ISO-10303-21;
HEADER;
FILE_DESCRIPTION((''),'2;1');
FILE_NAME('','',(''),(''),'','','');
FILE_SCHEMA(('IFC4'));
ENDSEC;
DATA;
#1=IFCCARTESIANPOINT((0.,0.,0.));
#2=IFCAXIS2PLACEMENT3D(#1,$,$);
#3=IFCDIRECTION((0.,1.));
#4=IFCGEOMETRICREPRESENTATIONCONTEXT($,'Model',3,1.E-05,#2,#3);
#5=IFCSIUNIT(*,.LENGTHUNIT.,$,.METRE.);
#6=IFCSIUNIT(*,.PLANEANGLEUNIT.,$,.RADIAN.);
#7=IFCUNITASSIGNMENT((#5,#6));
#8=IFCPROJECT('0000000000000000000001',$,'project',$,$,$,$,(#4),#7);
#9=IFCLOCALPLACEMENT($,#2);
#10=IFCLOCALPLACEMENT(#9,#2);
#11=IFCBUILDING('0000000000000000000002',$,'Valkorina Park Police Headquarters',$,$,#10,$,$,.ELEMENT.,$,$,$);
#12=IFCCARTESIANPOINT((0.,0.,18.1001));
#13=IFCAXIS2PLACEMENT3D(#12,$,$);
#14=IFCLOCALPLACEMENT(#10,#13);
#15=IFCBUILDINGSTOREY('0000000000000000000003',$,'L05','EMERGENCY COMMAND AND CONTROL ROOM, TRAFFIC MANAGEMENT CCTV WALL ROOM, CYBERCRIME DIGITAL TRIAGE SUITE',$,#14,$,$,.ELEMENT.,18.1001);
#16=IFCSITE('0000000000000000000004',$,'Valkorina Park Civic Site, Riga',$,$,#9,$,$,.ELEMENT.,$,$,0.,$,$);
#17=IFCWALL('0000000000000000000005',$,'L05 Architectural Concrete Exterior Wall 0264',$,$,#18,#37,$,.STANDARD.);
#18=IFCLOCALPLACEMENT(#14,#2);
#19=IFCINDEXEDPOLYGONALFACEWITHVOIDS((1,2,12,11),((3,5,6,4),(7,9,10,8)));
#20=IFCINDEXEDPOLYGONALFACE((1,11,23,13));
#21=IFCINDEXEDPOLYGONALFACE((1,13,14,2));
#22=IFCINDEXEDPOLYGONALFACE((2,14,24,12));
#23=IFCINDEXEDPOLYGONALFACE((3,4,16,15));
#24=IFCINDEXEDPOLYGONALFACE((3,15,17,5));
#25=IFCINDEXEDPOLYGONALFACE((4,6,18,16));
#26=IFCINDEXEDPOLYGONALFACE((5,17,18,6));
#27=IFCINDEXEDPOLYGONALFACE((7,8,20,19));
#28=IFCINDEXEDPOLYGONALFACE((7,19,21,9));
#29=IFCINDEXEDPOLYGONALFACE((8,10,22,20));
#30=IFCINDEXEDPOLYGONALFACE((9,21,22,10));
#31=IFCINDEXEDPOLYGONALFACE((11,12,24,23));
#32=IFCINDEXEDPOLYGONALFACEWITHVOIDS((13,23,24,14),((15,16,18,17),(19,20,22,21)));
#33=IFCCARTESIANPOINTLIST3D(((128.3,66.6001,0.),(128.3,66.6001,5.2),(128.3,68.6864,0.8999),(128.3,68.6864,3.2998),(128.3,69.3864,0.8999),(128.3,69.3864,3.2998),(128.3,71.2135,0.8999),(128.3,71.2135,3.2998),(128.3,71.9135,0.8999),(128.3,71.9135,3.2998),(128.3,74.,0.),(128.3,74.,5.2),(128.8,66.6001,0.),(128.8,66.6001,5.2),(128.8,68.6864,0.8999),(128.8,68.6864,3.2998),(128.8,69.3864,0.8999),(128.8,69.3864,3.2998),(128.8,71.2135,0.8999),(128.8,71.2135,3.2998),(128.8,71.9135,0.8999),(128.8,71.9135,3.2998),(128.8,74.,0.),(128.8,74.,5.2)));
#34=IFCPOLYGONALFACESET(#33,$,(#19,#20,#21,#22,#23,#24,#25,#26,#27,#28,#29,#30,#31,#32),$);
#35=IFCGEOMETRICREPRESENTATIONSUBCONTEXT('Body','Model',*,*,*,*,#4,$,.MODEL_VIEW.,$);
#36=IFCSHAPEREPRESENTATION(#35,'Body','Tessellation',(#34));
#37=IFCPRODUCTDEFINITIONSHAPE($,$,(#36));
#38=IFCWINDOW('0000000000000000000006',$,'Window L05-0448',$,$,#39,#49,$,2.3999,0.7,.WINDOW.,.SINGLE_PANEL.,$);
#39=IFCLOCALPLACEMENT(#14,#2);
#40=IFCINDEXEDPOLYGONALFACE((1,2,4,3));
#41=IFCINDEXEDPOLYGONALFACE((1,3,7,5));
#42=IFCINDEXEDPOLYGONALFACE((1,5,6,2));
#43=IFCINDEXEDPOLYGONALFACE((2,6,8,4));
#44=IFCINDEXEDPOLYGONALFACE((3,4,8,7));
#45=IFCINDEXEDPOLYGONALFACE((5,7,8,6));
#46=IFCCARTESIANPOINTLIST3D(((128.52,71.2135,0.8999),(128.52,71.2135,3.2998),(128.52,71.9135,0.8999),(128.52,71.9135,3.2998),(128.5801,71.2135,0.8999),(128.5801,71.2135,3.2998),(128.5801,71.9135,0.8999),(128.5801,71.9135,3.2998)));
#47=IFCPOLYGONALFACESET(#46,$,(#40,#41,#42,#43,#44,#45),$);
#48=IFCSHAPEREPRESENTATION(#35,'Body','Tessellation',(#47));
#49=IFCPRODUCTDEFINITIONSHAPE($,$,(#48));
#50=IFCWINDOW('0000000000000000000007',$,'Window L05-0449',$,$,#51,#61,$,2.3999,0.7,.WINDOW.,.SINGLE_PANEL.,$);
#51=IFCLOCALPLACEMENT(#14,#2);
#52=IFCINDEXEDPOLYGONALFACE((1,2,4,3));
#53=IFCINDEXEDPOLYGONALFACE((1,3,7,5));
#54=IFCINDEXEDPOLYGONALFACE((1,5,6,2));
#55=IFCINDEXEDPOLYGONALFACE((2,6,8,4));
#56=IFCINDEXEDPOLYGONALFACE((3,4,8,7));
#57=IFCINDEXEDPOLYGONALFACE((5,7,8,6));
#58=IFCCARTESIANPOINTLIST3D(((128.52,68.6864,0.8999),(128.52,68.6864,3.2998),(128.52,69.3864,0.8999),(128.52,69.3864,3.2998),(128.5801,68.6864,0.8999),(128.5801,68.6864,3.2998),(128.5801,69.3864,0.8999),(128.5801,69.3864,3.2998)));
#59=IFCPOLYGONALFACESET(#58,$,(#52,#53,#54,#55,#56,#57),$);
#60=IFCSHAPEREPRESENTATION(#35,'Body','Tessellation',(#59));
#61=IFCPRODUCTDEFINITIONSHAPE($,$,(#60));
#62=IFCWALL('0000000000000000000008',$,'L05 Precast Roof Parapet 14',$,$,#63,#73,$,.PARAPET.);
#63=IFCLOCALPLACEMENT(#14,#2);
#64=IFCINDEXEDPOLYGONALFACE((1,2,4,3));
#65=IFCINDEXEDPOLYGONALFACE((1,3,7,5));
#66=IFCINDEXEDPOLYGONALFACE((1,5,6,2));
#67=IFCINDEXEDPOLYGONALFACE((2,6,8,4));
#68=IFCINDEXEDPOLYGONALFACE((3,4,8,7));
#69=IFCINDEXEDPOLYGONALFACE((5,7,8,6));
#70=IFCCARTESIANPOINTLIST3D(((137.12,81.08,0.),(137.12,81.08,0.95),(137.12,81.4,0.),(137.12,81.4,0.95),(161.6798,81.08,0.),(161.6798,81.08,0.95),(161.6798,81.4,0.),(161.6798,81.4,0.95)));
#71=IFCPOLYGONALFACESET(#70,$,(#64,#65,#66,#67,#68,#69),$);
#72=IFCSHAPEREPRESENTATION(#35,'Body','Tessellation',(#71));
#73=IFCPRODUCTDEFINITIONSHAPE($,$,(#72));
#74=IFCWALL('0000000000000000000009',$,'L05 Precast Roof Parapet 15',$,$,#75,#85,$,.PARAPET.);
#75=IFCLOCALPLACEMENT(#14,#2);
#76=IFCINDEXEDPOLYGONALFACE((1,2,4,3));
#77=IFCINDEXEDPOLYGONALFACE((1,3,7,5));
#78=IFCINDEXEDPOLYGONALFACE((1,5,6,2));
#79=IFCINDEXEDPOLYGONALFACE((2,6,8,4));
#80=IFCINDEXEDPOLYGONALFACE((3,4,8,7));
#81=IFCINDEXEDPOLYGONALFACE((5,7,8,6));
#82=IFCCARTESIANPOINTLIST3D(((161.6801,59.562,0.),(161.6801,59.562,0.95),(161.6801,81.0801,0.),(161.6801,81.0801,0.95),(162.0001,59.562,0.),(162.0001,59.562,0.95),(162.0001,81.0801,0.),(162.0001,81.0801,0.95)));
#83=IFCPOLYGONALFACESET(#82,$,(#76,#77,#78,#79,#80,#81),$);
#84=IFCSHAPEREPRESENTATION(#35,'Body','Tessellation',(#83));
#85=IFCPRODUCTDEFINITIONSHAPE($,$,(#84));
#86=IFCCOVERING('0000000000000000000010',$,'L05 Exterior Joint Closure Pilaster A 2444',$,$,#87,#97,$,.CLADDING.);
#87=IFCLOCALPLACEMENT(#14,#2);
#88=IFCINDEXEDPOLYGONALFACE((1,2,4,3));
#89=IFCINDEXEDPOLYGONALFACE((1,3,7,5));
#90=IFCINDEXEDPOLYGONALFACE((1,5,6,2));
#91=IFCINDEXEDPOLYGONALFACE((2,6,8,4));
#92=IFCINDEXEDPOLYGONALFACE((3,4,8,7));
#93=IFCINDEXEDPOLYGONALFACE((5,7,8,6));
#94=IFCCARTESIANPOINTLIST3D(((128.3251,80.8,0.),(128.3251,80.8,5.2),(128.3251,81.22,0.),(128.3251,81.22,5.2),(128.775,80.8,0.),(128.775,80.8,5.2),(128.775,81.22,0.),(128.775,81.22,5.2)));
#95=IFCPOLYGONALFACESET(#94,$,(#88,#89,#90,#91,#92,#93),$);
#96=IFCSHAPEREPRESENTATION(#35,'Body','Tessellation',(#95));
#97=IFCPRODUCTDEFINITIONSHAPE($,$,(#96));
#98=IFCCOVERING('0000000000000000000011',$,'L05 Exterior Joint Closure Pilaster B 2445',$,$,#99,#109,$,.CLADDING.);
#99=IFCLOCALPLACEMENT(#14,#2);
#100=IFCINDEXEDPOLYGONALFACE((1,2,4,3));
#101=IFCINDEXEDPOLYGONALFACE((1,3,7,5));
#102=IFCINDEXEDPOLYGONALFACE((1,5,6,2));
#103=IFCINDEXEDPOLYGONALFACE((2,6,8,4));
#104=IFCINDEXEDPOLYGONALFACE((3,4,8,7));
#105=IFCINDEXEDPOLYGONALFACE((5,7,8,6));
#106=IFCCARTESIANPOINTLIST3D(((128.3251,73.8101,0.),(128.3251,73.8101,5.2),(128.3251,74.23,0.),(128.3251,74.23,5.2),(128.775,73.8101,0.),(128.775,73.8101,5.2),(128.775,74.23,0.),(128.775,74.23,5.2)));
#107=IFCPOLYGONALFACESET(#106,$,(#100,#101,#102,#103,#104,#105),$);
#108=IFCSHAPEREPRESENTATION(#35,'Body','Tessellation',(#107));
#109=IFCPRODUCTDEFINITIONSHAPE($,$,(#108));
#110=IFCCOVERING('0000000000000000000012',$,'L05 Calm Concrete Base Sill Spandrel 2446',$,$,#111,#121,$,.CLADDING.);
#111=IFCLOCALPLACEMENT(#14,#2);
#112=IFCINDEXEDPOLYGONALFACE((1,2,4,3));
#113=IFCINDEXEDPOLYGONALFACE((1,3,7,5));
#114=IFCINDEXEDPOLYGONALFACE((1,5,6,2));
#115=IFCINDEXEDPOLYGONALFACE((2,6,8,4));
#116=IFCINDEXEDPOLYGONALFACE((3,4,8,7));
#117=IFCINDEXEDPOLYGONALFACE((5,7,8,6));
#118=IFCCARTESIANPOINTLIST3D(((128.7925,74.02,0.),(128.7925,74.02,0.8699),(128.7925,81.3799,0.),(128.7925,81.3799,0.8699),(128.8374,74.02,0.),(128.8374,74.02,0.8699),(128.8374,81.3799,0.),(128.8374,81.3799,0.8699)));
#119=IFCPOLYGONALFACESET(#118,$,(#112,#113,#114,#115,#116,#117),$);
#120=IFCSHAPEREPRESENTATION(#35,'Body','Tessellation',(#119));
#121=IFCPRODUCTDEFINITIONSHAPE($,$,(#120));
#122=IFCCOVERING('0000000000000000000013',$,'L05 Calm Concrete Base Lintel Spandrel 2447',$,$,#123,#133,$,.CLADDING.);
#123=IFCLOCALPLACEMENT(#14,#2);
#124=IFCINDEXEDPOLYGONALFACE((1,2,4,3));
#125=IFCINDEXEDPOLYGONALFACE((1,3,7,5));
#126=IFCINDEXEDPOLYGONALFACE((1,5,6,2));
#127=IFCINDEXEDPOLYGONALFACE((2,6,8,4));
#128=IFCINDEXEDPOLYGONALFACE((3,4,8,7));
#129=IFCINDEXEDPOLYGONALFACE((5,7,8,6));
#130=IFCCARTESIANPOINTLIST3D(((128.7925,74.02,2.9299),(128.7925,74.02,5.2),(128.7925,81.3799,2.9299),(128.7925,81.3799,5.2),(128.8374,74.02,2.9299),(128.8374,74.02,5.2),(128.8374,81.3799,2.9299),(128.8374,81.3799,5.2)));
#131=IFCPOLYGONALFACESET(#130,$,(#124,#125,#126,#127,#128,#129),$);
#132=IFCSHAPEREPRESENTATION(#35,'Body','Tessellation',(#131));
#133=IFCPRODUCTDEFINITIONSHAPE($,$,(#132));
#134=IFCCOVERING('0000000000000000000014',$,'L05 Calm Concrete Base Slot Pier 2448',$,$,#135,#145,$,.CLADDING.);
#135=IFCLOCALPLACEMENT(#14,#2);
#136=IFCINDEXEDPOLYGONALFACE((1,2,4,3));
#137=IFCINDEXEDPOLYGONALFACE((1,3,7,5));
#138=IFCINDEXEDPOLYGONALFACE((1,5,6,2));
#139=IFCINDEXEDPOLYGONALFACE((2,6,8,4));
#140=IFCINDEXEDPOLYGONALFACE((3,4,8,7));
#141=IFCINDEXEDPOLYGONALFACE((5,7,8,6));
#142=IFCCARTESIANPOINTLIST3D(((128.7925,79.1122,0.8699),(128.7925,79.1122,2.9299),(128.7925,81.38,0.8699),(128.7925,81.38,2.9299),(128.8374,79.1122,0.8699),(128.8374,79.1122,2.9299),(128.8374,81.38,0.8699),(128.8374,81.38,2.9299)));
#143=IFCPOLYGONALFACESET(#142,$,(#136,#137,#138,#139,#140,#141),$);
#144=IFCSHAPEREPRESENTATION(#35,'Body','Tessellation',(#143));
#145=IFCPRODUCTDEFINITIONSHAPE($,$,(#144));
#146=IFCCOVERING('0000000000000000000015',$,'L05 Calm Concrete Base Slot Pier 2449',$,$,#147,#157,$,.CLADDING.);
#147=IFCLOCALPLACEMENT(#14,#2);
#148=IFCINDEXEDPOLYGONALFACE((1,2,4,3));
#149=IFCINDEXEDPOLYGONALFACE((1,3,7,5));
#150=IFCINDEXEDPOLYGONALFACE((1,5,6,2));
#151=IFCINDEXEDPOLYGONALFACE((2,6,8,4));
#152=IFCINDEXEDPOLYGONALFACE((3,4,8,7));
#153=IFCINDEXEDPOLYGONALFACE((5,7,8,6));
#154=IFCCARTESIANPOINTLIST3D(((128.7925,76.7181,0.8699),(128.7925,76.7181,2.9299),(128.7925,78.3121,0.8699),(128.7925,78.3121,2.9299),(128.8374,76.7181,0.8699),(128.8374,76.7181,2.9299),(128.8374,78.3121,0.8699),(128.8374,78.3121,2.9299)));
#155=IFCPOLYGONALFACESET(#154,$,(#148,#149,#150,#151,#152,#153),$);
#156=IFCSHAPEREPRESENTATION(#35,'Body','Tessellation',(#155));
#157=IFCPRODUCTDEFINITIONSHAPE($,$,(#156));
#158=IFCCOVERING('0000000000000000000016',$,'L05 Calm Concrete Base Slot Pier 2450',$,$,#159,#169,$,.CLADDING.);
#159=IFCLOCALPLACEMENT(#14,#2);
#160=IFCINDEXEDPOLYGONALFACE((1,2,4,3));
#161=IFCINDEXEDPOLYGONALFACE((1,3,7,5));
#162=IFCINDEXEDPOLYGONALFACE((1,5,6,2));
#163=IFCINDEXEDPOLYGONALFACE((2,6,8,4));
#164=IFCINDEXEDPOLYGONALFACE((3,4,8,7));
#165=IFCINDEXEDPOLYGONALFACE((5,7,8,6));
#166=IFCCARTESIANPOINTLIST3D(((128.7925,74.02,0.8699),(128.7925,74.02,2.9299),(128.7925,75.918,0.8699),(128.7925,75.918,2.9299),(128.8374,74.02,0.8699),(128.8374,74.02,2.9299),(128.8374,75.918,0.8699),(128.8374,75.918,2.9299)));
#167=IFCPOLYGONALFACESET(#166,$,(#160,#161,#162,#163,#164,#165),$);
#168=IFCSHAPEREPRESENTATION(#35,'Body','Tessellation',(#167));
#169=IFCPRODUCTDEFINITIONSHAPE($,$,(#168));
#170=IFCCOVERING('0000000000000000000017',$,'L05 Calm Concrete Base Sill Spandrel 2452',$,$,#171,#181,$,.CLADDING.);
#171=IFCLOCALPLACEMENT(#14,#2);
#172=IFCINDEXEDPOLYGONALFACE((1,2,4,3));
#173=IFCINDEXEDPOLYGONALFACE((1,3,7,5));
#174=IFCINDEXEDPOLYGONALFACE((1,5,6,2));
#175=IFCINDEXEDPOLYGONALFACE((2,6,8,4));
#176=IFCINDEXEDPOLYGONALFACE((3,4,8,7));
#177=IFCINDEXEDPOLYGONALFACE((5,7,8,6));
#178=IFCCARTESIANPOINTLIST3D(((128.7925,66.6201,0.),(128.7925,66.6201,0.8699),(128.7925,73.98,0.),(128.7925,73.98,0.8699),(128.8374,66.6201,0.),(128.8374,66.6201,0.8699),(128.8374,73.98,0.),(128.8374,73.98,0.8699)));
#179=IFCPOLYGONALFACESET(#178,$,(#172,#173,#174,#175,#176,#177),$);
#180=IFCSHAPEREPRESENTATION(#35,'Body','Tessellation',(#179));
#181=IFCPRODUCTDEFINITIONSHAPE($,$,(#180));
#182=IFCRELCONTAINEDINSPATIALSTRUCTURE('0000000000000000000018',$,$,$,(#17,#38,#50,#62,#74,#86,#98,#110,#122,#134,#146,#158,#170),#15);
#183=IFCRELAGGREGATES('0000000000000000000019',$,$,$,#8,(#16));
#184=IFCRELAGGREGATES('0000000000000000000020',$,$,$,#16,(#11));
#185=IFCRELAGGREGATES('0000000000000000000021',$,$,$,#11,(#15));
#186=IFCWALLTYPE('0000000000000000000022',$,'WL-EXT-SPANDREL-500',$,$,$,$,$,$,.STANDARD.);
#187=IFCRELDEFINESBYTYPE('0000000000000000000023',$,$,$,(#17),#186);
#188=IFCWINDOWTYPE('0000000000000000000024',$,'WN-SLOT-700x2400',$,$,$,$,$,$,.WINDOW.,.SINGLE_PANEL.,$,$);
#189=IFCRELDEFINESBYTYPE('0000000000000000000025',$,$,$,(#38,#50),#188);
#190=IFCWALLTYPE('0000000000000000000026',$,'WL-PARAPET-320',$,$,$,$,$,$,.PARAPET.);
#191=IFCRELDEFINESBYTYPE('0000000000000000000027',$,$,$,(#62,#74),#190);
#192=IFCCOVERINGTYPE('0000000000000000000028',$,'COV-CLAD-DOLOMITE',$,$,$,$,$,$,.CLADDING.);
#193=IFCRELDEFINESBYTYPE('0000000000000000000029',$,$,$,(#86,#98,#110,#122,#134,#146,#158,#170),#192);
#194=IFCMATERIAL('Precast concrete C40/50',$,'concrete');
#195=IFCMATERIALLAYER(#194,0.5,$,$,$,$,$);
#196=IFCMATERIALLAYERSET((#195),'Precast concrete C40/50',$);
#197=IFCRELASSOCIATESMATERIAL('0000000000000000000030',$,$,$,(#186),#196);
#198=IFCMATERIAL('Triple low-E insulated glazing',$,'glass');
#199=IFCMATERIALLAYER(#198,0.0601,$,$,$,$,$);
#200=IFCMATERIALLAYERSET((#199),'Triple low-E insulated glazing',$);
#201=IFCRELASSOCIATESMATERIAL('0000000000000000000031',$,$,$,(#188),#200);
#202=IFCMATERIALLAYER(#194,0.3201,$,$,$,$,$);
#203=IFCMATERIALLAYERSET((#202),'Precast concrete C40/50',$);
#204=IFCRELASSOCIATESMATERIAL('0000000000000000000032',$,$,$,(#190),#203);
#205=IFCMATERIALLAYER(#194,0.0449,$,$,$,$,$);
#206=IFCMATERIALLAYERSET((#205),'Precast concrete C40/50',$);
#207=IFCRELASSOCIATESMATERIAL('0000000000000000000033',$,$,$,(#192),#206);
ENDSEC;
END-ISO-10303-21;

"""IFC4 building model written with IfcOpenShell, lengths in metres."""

from ifc_helpers import new_model, si_unit, direction, frame, frame_2d, origin, origin_2d, place, context, subcontext, project, spatial, rectangle, extrude, material, layer, layer_set, type_object, element, fill, save


model = new_model("IFC4")

# Units and contexts
model_context = context("Model", 3, precision=1e-05, world=origin(), true_north=direction((0.0, 1.0)))
body_context = subcontext(model_context, "Body", "Model", "MODEL_VIEW")
ifc_project = project(units=[si_unit("LENGTHUNIT", "METRE"), si_unit("PLANEANGLEUNIT", "RADIAN")], contexts=[model_context])

# Site, building, storey
site_placement = place(None, origin())
site = spatial("IfcSite", under=ifc_project, at=site_placement, Name="Valkorina Park Civic Site, Riga", CompositionType="ELEMENT", RefElevation=0.0)
building_placement = place(site_placement, origin())
building = spatial("IfcBuilding", under=site, at=building_placement, Name="Valkorina Park Police Headquarters", CompositionType="ELEMENT")
storey_placement = place(building_placement, frame((0.0, 0.0, 18.1001)))
storey = spatial("IfcBuildingStorey", under=building, at=storey_placement, Name="L05", Description="EMERGENCY COMMAND AND CONTROL ROOM, TRAFFIC MANAGEMENT CCTV WALL ROOM, CYBERCRIME DIGITAL TRIAGE SUITE", CompositionType="ELEMENT", Elevation=18.1001)

# Wall, openings, windows
ifc_material_1 = material(Name="Precast concrete C40/50", Category="concrete")
ifc_layer_1 = layer(ifc_material_1, 0.5)
ifc_layer_set_1 = layer_set([ifc_layer_1], Name="Precast concrete C40/50")
wall_type_1 = type_object("IfcWallType", Name="WL-EXT-SPANDREL-500", PredefinedType="STANDARD", material=ifc_layer_set_1)
ifc_material_2 = material(Name="Triple low-E insulated glazing", Category="glass")
wall_1_placement = place(storey_placement, frame((128.55, 74.0, 0.0), z_axis=(0.0, 0.0, 1.0), x_axis=(0.0, -1.0, 0.0)))
wall_1 = element("IfcWall", 1, at=wall_1_placement, inside=storey, type_object=wall_type_1, Name="L05 Architectural Concrete Exterior Wall 0264", PredefinedType="STANDARD", context=body_context, shape_type="SweptSolid", body=[
    extrude(rectangle(XDim=7.3999, YDim=0.5, at=frame_2d((3.7, 0.0))), origin(), (0.0, 0.0, 1.0), 5.2),
])
opening_1_placement = place(wall_1_placement, frame((2.0864, 0.0, 0.8999)))
opening_1 = element("IfcOpeningElement", 2, at=opening_1_placement, cuts=wall_1, PredefinedType="OPENING", context=body_context, shape_type="SweptSolid", body=[
    extrude(rectangle(XDim=0.7, YDim=2.3999, at=frame_2d((0.3501, 1.2))), frame((0.0, 0.26, 0.0), z_axis=(0.0, -1.0, 0.0), x_axis=(1.0, 0.0, 0.0)), (0.0, 0.0, 1.0), 0.52),
])
opening_2_placement = place(wall_1_placement, frame((4.6135, 0.0, 0.8999)))
opening_2 = element("IfcOpeningElement", 3, at=opening_2_placement, cuts=wall_1, PredefinedType="OPENING", context=body_context, shape_type="SweptSolid", body=[
    extrude(rectangle(XDim=0.7, YDim=2.3999, at=frame_2d((0.3501, 1.2))), frame((0.0, 0.26, 0.0), z_axis=(0.0, -1.0, 0.0), x_axis=(1.0, 0.0, 0.0)), (0.0, 0.0, 1.0), 0.52),
])
ifc_layer_2 = layer(ifc_material_2, 0.0601)
ifc_layer_set_2 = layer_set([ifc_layer_2], Name="Triple low-E insulated glazing")
window_type_1 = type_object("IfcWindowType", Name="WN-SLOT-700x2400", PartitioningType="SINGLE_PANEL", PredefinedType="WINDOW", material=ifc_layer_set_2)
window_1_placement = place(opening_1_placement, origin())
window_1 = element("IfcWindow", 4, at=window_1_placement, inside=storey, type_object=window_type_1, Name="Window L05-0448", OverallHeight=2.3999, OverallWidth=0.7, PartitioningType="SINGLE_PANEL", PredefinedType="WINDOW", context=body_context, shape_type="SweptSolid", body=[
    extrude(rectangle(XDim=0.7, YDim=2.3999, at=frame_2d((0.3501, 1.2))), frame((0.0, 0.03, 0.0), z_axis=(0.0, -1.0, 0.0), x_axis=(1.0, 0.0, 0.0)), (0.0, 0.0, 1.0), 0.0601),
])
fill(opening_1, window_1)
window_2_placement = place(opening_2_placement, origin())
window_2 = element("IfcWindow", 5, at=window_2_placement, inside=storey, type_object=window_type_1, Name="Window L05-0449", OverallHeight=2.3999, OverallWidth=0.7, PartitioningType="SINGLE_PANEL", PredefinedType="WINDOW", context=body_context, shape_type="SweptSolid", body=[
    extrude(rectangle(XDim=0.7, YDim=2.3999, at=frame_2d((0.3501, 1.2))), frame((0.0, 0.03, 0.0), z_axis=(0.0, -1.0, 0.0), x_axis=(1.0, 0.0, 0.0)), (0.0, 0.0, 1.0), 0.0601),
])
fill(opening_2, window_2)

# Walls
ifc_layer_3 = layer(ifc_material_1, 0.3201)
ifc_layer_set_3 = layer_set([ifc_layer_3], Name="Precast concrete C40/50")
wall_type_2 = type_object("IfcWallType", Name="WL-PARAPET-320", PredefinedType="PARAPET", material=ifc_layer_set_3)
wall_2_placement = place(storey_placement, frame((137.1201, 81.24, 0.0), z_axis=(0.0, 0.0, 1.0), x_axis=(1.0, 0.0, 0.0)))
element("IfcWall", 6, at=wall_2_placement, inside=storey, type_object=wall_type_2, Name="L05 Precast Roof Parapet 14", PredefinedType="PARAPET", context=body_context, shape_type="SweptSolid", body=[
    extrude(rectangle(XDim=24.5598, YDim=0.3201, at=frame_2d((12.2798, 0.0))), origin(), (0.0, 0.0, 1.0), 0.95),
])
wall_3_placement = place(storey_placement, frame((161.8401, 81.0801, 0.0), z_axis=(0.0, 0.0, 1.0), x_axis=(0.0, -1.0, 0.0)))
element("IfcWall", 7, at=wall_3_placement, inside=storey, type_object=wall_type_2, Name="L05 Precast Roof Parapet 15", PredefinedType="PARAPET", context=body_context, shape_type="SweptSolid", body=[
    extrude(rectangle(XDim=21.5181, YDim=0.3201, at=frame_2d((10.759, 0.0))), origin(), (0.0, 0.0, 1.0), 0.95),
])

# Coverings
ifc_layer_4 = layer(ifc_material_1, 0.0449)
ifc_layer_set_4 = layer_set([ifc_layer_4], Name="Precast concrete C40/50")
covering_type = type_object("IfcCoveringType", Name="COV-CLAD-DOLOMITE", PredefinedType="CLADDING", material=ifc_layer_set_4)
for number, where, z_axis, x_axis, name in (
    (8, (128.55, 81.01, 0.0), (0.0, 0.0, 1.0), (0.0, 1.0, 0.0), "L05 Exterior Joint Closure Pilaster A 2444"),
    (9, (128.55, 74.02, 0.0), (0.0, 0.0, 1.0), (0.0, 1.0, 0.0), "L05 Exterior Joint Closure Pilaster B 2445"),
):
    element("IfcCovering", number, at=place(storey_placement, frame(where, z_axis=z_axis, x_axis=x_axis)), inside=storey, type_object=covering_type, Name=name, PredefinedType="CLADDING", context=body_context, shape_type="SweptSolid", body=[
        extrude(rectangle(XDim=0.4199, YDim=0.45, at=origin_2d()), origin(), (0.0, 0.0, 1.0), 5.2),
    ])
covering_1_placement = place(storey_placement, frame((128.8149, 81.3799, 0.0), z_axis=(0.0, 0.0, 1.0), x_axis=(0.0, -1.0, 0.0)))
element("IfcCovering", 10, at=covering_1_placement, inside=storey, type_object=covering_type, Name="L05 Calm Concrete Base Sill Spandrel 2446", PredefinedType="CLADDING", context=body_context, shape_type="SweptSolid", body=[
    extrude(rectangle(XDim=7.3599, YDim=0.0449, at=frame_2d((3.6799, 0.0))), origin(), (0.0, 0.0, 1.0), 0.8699),
])
covering_2_placement = place(storey_placement, frame((128.8149, 81.3799, 2.9299), z_axis=(0.0, 0.0, 1.0), x_axis=(0.0, -1.0, 0.0)))
element("IfcCovering", 11, at=covering_2_placement, inside=storey, type_object=covering_type, Name="L05 Calm Concrete Base Lintel Spandrel 2447", PredefinedType="CLADDING", context=body_context, shape_type="SweptSolid", body=[
    extrude(rectangle(XDim=7.3599, YDim=0.0449, at=frame_2d((3.6799, 0.0))), origin(), (0.0, 0.0, 1.0), 2.27),
])
covering_3_placement = place(storey_placement, frame((128.8149, 81.3799, 0.8699), z_axis=(0.0, 0.0, 1.0), x_axis=(0.0, -1.0, 0.0)))
element("IfcCovering", 12, at=covering_3_placement, inside=storey, type_object=covering_type, Name="L05 Calm Concrete Base Slot Pier 2448", PredefinedType="CLADDING", context=body_context, shape_type="SweptSolid", body=[
    extrude(rectangle(XDim=2.2678, YDim=0.0449, at=frame_2d((1.1338, 0.0))), origin(), (0.0, 0.0, 1.0), 2.0601),
])
covering_4_placement = place(storey_placement, frame((128.8149, 78.312, 0.8699), z_axis=(0.0, 0.0, 1.0), x_axis=(0.0, -1.0, 0.0)))
element("IfcCovering", 13, at=covering_4_placement, inside=storey, type_object=covering_type, Name="L05 Calm Concrete Base Slot Pier 2449", PredefinedType="CLADDING", context=body_context, shape_type="SweptSolid", body=[
    extrude(rectangle(XDim=1.594, YDim=0.0449, at=frame_2d((0.7969, 0.0))), origin(), (0.0, 0.0, 1.0), 2.0601),
])
covering_5_placement = place(storey_placement, frame((128.8149, 75.918, 0.8699), z_axis=(0.0, 0.0, 1.0), x_axis=(0.0, -1.0, 0.0)))
element("IfcCovering", 14, at=covering_5_placement, inside=storey, type_object=covering_type, Name="L05 Calm Concrete Base Slot Pier 2450", PredefinedType="CLADDING", context=body_context, shape_type="SweptSolid", body=[
    extrude(rectangle(XDim=1.8979, YDim=0.0449, at=frame_2d((0.949, 0.0))), origin(), (0.0, 0.0, 1.0), 2.0601),
])
covering_6_placement = place(storey_placement, frame((128.8149, 73.98, 0.0), z_axis=(0.0, 0.0, 1.0), x_axis=(0.0, -1.0, 0.0)))
element("IfcCovering", 15, at=covering_6_placement, inside=storey, type_object=covering_type, Name="L05 Calm Concrete Base Sill Spandrel 2452", PredefinedType="CLADDING", context=body_context, shape_type="SweptSolid", body=[
    extrude(rectangle(XDim=7.3599, YDim=0.0449, at=frame_2d((3.6799, 0.0))), origin(), (0.0, 0.0, 1.0), 0.8699),
])

save(model, "model.ifc")
